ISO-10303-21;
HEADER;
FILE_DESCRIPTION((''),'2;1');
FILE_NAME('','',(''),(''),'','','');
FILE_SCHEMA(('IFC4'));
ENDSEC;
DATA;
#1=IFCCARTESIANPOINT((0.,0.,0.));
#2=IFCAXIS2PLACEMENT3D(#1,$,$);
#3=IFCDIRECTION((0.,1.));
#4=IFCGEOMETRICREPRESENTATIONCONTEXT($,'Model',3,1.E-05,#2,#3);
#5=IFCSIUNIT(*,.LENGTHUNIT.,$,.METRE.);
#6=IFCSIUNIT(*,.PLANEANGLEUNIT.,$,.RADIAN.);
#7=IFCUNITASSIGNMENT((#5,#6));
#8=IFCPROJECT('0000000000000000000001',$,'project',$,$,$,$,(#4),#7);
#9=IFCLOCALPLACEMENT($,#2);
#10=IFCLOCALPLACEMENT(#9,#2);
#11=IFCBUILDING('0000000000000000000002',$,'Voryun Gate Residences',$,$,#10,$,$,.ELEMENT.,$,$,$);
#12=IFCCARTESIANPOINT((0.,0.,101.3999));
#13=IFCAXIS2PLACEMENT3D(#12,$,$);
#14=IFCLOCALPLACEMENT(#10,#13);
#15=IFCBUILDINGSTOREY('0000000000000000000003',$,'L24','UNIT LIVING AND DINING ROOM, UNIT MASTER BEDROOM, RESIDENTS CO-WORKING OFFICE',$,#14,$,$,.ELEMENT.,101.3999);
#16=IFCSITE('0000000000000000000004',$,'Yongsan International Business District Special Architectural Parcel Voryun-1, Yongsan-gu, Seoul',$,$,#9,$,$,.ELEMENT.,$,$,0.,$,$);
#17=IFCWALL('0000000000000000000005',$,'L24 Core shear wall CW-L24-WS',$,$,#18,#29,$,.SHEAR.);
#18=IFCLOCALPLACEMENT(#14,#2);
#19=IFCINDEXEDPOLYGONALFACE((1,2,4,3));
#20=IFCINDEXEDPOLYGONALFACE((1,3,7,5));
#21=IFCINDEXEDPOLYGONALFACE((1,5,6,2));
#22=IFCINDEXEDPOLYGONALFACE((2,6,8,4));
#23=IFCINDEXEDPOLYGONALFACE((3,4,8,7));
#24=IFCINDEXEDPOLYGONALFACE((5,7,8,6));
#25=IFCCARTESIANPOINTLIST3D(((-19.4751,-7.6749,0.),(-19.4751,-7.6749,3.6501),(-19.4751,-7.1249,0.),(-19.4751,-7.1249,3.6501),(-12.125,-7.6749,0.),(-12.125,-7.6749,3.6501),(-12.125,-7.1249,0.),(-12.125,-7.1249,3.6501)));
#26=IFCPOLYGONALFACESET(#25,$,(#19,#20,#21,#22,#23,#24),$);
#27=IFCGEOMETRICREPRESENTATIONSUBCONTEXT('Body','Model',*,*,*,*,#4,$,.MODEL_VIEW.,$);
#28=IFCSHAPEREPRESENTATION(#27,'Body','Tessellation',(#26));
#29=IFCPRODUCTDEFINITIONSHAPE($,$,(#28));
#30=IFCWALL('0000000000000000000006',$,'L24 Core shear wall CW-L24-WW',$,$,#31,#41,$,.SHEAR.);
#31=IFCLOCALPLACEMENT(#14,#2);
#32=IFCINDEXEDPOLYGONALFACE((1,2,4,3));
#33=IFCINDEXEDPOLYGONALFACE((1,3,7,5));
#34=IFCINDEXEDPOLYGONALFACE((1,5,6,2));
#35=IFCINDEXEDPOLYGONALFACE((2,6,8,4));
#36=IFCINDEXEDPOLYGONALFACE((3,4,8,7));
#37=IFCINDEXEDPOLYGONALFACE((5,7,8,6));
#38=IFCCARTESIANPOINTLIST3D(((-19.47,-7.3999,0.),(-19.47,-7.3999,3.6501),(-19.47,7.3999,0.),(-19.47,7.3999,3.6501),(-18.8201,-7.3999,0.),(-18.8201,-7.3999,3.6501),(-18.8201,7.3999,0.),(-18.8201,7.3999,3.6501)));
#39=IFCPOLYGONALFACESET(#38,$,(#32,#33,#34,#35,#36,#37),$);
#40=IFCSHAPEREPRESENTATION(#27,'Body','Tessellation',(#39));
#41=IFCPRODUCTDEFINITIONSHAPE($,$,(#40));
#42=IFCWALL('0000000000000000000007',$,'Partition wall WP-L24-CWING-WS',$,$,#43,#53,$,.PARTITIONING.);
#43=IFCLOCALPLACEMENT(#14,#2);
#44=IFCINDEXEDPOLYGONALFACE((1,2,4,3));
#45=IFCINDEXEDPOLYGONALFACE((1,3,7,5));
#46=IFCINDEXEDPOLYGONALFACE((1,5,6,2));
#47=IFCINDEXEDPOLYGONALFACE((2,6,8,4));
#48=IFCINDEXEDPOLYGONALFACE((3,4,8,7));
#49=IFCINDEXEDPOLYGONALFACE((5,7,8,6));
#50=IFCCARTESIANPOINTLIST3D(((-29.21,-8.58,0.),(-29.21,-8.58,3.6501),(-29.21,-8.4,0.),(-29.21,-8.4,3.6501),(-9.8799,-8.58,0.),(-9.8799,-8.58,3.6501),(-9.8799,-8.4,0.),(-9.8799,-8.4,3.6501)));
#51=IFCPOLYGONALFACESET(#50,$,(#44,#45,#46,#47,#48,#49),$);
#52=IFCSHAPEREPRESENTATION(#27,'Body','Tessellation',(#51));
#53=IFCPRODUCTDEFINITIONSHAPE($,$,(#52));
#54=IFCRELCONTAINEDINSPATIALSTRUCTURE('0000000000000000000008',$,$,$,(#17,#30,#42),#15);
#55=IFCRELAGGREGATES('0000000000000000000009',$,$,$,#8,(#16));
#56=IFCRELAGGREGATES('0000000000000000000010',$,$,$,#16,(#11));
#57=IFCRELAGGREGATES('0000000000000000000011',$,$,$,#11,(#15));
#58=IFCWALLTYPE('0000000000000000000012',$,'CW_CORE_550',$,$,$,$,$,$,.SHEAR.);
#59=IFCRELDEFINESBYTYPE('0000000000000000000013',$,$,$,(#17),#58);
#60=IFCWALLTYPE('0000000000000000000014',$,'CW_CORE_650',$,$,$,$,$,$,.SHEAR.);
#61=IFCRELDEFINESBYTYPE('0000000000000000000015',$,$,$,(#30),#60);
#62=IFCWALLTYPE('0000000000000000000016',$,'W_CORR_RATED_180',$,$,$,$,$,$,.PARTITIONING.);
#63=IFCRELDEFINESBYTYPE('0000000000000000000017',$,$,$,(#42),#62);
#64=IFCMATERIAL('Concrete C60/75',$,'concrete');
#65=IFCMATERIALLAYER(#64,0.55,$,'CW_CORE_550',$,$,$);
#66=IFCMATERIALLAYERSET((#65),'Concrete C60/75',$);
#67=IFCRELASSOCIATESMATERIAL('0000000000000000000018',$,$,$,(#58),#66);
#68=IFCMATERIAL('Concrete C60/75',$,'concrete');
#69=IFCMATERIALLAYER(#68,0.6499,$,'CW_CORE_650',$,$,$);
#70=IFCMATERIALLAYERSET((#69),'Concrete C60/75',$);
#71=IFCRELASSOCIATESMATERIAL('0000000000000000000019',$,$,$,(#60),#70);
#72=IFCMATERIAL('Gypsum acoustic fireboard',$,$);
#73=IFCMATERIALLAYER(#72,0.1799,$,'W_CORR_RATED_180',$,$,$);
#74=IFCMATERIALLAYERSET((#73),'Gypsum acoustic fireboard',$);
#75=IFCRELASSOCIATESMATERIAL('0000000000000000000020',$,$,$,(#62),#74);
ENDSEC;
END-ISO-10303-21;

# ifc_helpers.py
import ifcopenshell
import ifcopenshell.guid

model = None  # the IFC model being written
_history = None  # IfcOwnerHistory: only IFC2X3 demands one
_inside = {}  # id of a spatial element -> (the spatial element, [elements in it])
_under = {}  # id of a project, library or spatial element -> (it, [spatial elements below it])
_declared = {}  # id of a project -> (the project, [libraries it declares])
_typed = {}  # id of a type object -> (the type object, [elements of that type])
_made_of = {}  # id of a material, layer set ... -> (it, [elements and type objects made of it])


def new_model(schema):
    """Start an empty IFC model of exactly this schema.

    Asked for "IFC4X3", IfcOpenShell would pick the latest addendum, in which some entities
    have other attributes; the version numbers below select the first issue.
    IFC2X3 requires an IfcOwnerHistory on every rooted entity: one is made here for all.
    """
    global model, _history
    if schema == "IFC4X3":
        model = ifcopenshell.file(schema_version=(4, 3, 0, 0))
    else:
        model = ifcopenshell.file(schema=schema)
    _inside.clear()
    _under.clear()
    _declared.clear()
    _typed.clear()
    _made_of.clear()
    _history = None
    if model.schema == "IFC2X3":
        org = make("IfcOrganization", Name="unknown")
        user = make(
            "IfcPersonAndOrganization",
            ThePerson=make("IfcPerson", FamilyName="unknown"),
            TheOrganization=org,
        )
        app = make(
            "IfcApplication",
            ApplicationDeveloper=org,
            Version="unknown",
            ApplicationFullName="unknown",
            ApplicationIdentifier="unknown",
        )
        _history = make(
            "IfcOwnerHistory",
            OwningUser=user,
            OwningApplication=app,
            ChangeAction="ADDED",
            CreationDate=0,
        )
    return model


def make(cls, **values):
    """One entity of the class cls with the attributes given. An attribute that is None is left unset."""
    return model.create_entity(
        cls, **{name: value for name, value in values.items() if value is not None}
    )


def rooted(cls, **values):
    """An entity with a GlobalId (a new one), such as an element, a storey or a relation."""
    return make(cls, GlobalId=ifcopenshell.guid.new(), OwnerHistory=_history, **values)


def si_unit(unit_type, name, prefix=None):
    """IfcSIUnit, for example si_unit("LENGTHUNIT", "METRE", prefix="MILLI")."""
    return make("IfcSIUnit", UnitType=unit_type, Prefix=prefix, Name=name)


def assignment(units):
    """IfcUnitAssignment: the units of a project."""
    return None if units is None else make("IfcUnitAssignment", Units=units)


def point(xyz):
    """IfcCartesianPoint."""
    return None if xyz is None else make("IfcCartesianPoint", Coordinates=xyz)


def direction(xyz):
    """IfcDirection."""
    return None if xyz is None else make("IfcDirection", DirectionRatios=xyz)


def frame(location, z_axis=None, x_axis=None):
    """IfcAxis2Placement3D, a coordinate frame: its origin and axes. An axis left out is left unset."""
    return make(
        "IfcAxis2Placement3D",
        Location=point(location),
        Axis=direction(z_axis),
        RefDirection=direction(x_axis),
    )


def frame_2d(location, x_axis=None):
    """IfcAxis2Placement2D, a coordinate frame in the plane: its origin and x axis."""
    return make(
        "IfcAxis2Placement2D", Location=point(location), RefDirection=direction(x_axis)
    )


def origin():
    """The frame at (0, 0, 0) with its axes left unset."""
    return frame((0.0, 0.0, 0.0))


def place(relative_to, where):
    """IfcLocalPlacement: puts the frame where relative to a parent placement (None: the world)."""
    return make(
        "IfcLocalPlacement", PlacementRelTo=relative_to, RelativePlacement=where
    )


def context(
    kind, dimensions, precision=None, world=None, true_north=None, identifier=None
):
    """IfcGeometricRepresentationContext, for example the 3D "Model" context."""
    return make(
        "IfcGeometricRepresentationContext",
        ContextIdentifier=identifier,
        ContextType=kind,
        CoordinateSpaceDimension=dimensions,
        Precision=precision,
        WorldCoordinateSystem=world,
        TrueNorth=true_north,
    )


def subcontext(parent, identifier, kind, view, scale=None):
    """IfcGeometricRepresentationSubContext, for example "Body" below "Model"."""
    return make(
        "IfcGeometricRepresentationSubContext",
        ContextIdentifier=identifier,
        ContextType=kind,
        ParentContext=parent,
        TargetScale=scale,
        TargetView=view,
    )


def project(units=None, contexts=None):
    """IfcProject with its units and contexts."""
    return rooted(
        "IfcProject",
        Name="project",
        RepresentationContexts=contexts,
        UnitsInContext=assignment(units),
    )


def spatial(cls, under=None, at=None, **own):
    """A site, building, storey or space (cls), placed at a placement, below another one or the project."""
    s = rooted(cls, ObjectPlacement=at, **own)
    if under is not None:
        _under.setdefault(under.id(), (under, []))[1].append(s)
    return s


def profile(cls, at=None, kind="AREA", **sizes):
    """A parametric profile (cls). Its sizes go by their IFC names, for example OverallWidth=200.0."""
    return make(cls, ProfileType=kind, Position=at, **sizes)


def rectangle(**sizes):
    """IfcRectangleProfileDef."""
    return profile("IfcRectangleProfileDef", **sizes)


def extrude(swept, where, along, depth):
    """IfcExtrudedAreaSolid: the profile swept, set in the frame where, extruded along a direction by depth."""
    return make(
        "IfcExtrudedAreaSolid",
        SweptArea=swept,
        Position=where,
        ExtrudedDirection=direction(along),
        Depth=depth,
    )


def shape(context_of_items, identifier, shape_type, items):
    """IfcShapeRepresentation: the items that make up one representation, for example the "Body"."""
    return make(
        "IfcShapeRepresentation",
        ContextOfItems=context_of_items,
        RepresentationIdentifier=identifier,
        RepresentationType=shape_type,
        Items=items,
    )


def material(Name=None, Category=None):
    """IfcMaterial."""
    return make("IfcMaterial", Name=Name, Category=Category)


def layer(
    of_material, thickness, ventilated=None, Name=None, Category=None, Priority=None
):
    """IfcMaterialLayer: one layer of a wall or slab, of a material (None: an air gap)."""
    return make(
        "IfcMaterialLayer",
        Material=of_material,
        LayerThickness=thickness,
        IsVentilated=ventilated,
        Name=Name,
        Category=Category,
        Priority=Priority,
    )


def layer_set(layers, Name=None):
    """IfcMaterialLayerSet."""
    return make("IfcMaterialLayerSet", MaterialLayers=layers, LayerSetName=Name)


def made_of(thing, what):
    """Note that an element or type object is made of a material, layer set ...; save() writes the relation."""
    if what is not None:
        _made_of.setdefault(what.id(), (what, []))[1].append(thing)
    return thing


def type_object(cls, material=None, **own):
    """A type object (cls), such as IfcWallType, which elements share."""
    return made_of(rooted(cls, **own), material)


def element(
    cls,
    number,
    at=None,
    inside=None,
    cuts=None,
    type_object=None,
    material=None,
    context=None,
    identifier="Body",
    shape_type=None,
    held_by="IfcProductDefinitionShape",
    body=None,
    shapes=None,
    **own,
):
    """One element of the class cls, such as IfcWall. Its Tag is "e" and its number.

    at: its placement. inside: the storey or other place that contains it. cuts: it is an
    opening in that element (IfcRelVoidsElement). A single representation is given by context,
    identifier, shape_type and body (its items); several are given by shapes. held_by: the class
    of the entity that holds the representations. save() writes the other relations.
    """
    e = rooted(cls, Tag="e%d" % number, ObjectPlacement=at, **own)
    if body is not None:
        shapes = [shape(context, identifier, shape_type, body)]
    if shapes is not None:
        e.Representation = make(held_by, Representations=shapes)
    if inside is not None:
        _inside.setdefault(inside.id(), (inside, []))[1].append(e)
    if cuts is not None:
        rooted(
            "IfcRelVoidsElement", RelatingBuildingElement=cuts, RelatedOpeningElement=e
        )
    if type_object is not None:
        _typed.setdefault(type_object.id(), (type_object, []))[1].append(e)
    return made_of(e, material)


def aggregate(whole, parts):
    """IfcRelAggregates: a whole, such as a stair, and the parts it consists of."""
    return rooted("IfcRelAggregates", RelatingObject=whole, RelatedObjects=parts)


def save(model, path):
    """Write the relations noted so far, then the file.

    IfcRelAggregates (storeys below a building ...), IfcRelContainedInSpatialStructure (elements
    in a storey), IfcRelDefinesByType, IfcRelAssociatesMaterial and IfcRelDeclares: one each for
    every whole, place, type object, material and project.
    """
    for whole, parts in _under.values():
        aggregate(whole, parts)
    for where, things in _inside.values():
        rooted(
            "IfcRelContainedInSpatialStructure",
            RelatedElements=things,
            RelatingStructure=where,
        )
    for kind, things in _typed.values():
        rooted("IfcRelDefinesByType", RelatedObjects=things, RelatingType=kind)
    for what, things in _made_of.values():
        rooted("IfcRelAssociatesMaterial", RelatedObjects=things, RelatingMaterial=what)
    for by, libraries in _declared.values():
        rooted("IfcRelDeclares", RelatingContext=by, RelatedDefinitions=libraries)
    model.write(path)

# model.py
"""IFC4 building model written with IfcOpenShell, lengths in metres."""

from ifc_helpers import new_model, si_unit, direction, frame, frame_2d, origin, place, context, subcontext, project, spatial, rectangle, extrude, material, layer, layer_set, type_object, element, save


model = new_model("IFC4")

# Units and contexts
model_context = context("Model", 3, precision=1e-05, world=origin(), true_north=direction((0.0, 1.0)))
body_context = subcontext(model_context, "Body", "Model", "MODEL_VIEW")
ifc_project = project(units=[si_unit("LENGTHUNIT", "METRE"), si_unit("PLANEANGLEUNIT", "RADIAN")], contexts=[model_context])

# Site, building, storey
site_placement = place(None, origin())
site = spatial("IfcSite", under=ifc_project, at=site_placement, Name="Yongsan International Business District Special Architectural Parcel Voryun-1, Yongsan-gu, Seoul", CompositionType="ELEMENT", RefElevation=0.0)
building_placement = place(site_placement, origin())
building = spatial("IfcBuilding", under=site, at=building_placement, Name="Voryun Gate Residences", CompositionType="ELEMENT")
storey_placement = place(building_placement, frame((0.0, 0.0, 101.3999)))
storey = spatial("IfcBuildingStorey", under=building, at=storey_placement, Name="L24", Description="UNIT LIVING AND DINING ROOM, UNIT MASTER BEDROOM, RESIDENTS CO-WORKING OFFICE", CompositionType="ELEMENT", Elevation=101.3999)

# Walls
ifc_material_1 = material(Name="Concrete C60/75", Category="concrete")
ifc_layer_1 = layer(ifc_material_1, 0.55, Name="CW_CORE_550")
ifc_layer_set_1 = layer_set([ifc_layer_1], Name="Concrete C60/75")
wall_type_1 = type_object("IfcWallType", Name="CW_CORE_550", PredefinedType="SHEAR", material=ifc_layer_set_1)
wall_1_placement = place(storey_placement, frame((-19.4751, -7.3999, 0.0), z_axis=(0.0, 0.0, 1.0), x_axis=(1.0, 0.0, 0.0)))
element("IfcWall", 1, at=wall_1_placement, inside=storey, type_object=wall_type_1, Name="L24 Core shear wall CW-L24-WS", PredefinedType="SHEAR", context=body_context, shape_type="SweptSolid", body=[
    extrude(rectangle(XDim=7.3501, YDim=0.55, at=frame_2d((3.675, 0.0))), origin(), (0.0, 0.0, 1.0), 3.6501),
])
ifc_material_2 = material(Name="Concrete C60/75", Category="concrete")
ifc_layer_2 = layer(ifc_material_2, 0.6499, Name="CW_CORE_650")
ifc_layer_set_2 = layer_set([ifc_layer_2], Name="Concrete C60/75")
wall_type_2 = type_object("IfcWallType", Name="CW_CORE_650", PredefinedType="SHEAR", material=ifc_layer_set_2)
wall_2_placement = place(storey_placement, frame((-19.145, -7.3999, 0.0), z_axis=(0.0, 0.0, 1.0), x_axis=(0.0, 1.0, 0.0)))
element("IfcWall", 2, at=wall_2_placement, inside=storey, type_object=wall_type_2, Name="L24 Core shear wall CW-L24-WW", PredefinedType="SHEAR", context=body_context, shape_type="SweptSolid", body=[
    extrude(rectangle(XDim=14.7998, YDim=0.6499, at=frame_2d((7.3999, 0.0))), origin(), (0.0, 0.0, 1.0), 3.6501),
])
ifc_material_3 = material(Name="Gypsum acoustic fireboard")
ifc_layer_3 = layer(ifc_material_3, 0.1799, Name="W_CORR_RATED_180")
ifc_layer_set_3 = layer_set([ifc_layer_3], Name="Gypsum acoustic fireboard")
wall_type_3 = type_object("IfcWallType", Name="W_CORR_RATED_180", PredefinedType="PARTITIONING", material=ifc_layer_set_3)
wall_3_placement = place(storey_placement, frame((-29.21, -8.49, 0.0), z_axis=(0.0, 0.0, 1.0), x_axis=(1.0, 0.0, 0.0)))
element("IfcWall", 3, at=wall_3_placement, inside=storey, type_object=wall_type_3, Name="Partition wall WP-L24-CWING-WS", PredefinedType="PARTITIONING", context=body_context, shape_type="SweptSolid", body=[
    extrude(rectangle(XDim=19.3301, YDim=0.1799, at=frame_2d((9.665, 0.0))), origin(), (0.0, 0.0, 1.0), 3.6501),
])

save(model, "model.ifc")
